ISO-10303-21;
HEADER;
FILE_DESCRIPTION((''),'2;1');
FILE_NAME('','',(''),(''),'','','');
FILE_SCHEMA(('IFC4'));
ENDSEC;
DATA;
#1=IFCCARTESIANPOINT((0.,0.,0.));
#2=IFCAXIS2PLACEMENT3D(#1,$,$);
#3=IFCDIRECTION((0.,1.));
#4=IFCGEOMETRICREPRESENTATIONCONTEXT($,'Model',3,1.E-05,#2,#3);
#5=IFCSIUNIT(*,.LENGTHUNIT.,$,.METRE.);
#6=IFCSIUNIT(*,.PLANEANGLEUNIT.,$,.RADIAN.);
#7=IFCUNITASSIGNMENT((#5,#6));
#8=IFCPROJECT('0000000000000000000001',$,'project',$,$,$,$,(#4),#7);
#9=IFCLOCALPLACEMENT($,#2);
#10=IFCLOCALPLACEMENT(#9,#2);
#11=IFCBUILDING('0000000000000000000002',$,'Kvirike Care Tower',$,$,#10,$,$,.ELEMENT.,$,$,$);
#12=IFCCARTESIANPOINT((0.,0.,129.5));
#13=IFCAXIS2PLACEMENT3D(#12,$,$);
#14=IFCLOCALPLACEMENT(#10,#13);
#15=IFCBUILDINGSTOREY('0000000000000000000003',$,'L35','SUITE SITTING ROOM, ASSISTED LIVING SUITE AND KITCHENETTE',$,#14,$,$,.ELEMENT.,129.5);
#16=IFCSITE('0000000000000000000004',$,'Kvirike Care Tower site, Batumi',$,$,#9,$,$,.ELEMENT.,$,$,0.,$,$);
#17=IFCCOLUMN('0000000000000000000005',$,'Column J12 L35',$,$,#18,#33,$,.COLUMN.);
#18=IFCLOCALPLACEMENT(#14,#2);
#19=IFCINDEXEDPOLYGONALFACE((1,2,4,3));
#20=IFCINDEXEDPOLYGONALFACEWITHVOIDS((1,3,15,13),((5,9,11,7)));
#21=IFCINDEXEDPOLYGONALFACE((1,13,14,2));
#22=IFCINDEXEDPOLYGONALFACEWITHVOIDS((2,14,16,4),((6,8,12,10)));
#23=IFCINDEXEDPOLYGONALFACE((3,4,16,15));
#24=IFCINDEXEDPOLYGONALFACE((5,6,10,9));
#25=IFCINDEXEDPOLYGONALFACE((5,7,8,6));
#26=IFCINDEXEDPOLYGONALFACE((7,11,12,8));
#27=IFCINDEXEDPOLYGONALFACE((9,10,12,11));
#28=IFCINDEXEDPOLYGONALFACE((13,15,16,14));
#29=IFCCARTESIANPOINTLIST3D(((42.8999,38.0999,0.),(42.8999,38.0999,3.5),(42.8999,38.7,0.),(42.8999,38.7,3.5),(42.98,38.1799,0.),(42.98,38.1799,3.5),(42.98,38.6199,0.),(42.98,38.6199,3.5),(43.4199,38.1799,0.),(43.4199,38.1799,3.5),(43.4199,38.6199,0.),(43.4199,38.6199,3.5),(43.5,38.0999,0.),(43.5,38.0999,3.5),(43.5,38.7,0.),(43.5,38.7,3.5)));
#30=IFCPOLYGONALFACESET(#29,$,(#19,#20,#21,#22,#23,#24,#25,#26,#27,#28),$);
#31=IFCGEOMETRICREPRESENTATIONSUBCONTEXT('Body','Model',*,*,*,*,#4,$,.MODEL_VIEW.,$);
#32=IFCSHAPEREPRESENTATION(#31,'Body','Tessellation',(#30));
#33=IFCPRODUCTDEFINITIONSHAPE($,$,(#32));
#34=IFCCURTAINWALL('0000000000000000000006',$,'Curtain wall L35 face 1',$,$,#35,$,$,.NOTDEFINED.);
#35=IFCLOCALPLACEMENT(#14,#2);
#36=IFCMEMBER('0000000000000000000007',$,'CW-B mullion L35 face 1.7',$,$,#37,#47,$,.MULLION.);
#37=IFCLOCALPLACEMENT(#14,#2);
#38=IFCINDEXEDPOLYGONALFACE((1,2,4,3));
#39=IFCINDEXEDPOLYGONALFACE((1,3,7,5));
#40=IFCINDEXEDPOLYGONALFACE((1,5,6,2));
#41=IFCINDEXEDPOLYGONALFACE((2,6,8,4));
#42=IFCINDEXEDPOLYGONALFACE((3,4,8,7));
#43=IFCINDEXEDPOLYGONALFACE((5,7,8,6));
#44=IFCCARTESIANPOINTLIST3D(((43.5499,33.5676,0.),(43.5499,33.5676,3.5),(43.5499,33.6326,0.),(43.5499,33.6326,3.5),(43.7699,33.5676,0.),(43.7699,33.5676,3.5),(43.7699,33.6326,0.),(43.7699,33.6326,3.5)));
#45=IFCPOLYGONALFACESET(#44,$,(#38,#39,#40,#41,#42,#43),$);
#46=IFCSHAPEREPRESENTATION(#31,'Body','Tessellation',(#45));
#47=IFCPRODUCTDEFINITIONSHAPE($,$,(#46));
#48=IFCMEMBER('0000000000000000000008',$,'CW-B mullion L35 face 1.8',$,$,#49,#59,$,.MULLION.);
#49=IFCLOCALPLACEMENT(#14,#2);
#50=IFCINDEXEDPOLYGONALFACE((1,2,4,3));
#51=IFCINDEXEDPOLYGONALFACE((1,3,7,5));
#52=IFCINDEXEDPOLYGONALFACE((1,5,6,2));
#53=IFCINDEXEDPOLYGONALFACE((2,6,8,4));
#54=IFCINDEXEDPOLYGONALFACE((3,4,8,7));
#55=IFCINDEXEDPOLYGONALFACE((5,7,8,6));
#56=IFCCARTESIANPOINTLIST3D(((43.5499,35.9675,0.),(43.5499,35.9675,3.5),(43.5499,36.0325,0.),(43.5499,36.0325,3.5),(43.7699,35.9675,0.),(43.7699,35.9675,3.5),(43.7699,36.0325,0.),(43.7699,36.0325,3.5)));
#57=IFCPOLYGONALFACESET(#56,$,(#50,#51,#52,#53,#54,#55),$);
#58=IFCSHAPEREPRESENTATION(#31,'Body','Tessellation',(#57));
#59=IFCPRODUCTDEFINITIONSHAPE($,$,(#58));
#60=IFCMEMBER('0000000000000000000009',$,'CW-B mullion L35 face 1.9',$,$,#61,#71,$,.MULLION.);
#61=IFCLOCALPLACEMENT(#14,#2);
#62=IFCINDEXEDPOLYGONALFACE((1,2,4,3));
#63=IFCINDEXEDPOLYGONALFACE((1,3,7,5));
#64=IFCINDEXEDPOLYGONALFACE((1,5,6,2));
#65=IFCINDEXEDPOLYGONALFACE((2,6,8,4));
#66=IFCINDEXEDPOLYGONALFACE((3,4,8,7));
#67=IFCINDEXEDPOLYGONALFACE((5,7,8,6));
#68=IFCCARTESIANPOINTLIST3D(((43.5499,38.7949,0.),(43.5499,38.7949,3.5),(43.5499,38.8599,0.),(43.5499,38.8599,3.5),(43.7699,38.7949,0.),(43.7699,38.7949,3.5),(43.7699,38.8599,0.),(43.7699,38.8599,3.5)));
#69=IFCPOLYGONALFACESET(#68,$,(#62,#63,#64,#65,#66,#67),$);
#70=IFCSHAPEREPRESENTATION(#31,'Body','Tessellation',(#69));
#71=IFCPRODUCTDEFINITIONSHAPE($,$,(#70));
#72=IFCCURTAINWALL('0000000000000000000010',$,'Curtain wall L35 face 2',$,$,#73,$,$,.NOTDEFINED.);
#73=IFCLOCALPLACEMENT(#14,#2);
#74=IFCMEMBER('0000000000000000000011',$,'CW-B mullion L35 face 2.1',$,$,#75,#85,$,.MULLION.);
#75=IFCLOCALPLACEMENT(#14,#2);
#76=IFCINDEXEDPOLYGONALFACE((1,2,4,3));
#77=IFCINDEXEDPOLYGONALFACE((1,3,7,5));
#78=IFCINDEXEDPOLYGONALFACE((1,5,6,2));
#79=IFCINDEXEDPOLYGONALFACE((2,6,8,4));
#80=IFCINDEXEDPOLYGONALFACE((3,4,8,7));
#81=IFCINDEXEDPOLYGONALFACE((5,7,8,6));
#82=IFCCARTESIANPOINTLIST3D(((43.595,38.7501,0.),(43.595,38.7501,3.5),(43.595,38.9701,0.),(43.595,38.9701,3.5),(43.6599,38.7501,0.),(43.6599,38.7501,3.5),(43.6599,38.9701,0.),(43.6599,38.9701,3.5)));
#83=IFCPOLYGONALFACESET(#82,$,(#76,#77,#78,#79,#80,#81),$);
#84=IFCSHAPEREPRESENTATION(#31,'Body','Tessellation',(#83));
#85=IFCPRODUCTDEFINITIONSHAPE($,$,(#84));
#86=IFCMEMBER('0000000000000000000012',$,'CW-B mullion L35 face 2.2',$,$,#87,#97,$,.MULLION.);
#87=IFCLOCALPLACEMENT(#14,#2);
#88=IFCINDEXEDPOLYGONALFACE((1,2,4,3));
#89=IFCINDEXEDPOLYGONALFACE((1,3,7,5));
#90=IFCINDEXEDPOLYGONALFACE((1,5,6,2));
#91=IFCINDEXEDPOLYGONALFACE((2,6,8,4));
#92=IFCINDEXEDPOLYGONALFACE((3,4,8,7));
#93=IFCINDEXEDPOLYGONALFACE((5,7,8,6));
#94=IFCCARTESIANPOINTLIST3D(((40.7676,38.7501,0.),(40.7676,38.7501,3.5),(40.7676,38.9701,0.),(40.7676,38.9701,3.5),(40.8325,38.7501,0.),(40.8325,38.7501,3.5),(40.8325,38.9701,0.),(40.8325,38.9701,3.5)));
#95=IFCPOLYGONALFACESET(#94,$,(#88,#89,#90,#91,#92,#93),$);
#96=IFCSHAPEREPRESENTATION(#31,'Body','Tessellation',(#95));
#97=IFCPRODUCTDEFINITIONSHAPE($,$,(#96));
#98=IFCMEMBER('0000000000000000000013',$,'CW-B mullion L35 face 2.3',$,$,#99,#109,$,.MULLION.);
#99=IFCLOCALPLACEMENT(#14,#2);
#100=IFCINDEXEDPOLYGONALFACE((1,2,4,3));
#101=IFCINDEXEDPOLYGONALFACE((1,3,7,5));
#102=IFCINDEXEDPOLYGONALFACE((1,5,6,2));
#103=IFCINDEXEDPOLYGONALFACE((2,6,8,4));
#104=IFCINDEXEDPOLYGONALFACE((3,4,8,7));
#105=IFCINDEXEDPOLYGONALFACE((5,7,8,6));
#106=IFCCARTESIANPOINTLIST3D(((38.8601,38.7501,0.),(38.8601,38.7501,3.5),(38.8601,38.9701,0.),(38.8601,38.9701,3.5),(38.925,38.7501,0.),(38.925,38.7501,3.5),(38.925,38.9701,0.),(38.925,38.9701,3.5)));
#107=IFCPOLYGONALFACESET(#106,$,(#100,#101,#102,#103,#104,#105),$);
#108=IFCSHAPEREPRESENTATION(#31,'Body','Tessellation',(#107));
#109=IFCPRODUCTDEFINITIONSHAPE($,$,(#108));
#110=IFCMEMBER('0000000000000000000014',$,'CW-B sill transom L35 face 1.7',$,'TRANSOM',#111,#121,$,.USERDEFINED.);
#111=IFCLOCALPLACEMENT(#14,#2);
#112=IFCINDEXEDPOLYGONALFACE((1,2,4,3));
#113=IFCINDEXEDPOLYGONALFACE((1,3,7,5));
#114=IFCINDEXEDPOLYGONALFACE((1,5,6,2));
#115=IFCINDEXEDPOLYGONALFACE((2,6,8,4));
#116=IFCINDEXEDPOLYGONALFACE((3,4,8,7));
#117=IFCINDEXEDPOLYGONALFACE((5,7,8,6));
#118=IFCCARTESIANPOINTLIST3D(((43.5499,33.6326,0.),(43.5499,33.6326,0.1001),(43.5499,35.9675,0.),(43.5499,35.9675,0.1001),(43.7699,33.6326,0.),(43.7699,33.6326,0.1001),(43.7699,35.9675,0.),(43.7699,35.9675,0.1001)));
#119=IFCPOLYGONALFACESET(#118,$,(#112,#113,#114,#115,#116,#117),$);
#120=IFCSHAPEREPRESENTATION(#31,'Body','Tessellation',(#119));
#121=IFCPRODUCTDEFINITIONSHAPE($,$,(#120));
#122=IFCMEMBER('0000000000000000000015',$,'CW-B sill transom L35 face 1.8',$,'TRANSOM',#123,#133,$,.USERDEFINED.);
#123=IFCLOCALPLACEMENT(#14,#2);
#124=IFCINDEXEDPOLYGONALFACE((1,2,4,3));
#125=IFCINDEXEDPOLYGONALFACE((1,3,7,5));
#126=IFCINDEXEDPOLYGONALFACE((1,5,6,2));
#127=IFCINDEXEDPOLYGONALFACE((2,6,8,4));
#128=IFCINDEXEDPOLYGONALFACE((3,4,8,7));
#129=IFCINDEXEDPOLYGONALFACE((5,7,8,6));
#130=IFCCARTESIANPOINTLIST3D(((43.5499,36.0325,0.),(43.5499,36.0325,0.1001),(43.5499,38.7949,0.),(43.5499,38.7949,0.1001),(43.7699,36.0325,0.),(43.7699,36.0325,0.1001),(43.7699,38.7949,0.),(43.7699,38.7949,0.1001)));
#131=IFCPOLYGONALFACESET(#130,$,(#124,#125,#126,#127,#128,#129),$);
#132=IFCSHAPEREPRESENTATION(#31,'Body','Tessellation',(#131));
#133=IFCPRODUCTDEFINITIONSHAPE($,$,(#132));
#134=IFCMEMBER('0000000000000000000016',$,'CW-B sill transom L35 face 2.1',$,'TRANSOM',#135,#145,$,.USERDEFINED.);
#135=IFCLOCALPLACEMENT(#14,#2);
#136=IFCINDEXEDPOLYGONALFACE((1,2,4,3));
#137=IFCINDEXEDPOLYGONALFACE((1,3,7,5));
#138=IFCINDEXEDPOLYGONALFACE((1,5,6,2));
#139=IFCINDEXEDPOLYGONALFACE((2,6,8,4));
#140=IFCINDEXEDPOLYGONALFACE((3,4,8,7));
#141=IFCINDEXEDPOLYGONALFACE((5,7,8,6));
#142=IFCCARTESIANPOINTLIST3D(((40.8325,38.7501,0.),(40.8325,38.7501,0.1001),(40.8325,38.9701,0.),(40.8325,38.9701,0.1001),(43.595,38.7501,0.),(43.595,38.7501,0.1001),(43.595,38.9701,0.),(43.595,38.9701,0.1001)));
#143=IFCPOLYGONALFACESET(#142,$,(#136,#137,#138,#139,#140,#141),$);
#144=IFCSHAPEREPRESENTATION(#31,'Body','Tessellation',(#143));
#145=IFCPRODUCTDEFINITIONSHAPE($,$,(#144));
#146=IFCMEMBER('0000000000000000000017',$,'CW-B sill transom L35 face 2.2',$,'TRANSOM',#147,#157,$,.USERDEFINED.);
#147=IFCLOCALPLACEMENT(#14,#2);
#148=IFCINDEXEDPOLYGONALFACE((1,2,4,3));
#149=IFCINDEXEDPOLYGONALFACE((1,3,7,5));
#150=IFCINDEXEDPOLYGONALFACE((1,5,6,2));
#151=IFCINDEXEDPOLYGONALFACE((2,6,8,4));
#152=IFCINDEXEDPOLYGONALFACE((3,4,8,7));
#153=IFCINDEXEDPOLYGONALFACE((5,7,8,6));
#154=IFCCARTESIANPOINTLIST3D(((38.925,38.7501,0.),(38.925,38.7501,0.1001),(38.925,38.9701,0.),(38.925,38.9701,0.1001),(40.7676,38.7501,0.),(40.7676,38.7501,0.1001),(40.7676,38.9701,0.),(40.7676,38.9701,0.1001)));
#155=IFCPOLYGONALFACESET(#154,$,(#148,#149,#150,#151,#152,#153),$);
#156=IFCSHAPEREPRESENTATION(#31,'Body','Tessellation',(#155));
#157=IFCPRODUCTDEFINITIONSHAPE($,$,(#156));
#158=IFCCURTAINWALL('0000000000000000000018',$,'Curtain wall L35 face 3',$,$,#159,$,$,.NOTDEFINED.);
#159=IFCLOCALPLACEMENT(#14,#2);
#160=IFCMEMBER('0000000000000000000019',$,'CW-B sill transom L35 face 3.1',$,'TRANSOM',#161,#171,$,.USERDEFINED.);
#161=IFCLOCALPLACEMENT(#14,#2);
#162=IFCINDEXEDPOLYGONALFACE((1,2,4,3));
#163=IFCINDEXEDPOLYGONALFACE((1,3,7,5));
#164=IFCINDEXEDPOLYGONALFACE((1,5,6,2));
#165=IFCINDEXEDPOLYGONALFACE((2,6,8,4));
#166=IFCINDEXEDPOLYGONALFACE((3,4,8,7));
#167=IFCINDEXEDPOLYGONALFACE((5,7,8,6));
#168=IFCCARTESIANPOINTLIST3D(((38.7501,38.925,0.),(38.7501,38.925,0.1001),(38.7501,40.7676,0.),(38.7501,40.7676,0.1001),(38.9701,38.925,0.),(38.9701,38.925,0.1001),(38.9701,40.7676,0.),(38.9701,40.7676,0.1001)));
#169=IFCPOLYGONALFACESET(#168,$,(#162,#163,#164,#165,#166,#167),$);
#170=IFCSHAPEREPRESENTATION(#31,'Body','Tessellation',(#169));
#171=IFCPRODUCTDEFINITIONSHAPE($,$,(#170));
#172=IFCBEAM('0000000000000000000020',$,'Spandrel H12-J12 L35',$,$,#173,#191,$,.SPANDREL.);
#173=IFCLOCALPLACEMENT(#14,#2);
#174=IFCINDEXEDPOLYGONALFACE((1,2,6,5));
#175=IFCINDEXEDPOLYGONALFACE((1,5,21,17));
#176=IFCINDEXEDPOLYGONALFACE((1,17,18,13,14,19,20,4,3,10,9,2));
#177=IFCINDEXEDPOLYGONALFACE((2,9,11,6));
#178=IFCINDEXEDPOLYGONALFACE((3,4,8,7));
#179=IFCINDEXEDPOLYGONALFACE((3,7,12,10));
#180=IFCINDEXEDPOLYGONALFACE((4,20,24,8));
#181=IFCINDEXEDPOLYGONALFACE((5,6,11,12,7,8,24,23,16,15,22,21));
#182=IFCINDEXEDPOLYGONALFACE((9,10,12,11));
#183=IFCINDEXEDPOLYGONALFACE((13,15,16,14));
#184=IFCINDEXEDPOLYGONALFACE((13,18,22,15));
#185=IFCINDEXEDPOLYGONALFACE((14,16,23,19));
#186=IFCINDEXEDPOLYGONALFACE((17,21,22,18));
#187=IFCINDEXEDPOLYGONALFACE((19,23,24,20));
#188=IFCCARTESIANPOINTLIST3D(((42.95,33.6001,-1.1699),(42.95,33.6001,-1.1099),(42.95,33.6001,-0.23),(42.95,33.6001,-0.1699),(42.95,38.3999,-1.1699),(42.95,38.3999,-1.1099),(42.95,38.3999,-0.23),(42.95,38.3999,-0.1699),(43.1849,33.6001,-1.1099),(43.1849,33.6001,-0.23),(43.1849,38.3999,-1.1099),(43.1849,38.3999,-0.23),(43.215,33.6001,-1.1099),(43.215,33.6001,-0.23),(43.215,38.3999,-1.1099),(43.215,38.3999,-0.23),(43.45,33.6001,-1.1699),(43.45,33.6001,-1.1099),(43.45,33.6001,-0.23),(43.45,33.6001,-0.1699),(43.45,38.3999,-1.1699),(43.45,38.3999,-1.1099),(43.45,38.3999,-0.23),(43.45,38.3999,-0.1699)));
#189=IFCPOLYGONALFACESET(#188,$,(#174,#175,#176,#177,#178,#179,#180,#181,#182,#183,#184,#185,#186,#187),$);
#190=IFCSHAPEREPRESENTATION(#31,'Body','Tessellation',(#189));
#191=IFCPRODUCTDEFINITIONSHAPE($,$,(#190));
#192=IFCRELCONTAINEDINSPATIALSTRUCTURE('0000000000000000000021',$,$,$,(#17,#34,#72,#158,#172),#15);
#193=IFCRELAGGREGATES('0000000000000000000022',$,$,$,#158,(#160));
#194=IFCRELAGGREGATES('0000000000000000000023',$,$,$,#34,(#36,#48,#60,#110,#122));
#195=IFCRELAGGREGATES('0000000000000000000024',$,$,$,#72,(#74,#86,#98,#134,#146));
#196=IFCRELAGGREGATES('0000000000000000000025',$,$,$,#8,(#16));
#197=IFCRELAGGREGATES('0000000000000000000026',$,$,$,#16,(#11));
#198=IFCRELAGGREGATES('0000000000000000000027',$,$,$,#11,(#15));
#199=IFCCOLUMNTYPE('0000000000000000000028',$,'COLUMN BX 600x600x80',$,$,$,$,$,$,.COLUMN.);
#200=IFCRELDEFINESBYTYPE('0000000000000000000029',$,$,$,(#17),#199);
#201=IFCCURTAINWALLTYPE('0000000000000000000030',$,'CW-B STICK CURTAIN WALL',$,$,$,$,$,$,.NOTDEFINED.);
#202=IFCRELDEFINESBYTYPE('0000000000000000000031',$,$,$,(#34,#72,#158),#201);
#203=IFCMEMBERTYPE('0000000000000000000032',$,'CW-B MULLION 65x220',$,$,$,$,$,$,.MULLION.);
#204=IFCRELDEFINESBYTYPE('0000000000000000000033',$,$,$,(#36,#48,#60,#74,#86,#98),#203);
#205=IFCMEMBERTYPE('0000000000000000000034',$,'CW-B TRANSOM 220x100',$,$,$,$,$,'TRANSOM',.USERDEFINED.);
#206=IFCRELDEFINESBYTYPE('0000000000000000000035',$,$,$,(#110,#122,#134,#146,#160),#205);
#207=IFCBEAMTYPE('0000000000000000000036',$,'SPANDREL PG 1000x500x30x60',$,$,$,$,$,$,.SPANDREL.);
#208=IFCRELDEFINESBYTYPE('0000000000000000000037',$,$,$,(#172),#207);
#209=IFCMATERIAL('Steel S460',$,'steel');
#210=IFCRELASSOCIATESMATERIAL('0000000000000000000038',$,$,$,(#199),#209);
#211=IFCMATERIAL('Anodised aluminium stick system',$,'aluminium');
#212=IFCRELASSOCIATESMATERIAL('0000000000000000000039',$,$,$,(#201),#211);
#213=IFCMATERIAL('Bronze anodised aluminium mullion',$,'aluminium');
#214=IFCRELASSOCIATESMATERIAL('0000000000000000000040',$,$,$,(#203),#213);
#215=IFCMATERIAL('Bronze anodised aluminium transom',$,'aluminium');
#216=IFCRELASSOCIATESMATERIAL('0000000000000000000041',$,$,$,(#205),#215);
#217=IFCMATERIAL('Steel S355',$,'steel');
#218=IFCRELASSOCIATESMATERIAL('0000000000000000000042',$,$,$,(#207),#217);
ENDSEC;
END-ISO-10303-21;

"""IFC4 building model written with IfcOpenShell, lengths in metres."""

from ifc_helpers import new_model, si_unit, direction, frame, origin, origin_2d, place, context, subcontext, project, spatial, rectangle, hollow_rectangle, i_section, extrude, material, material_profile, profile_set, type_object, element, aggregate, save


model = new_model("IFC4")

# Units and contexts
model_context = context("Model", 3, precision=1e-05, world=origin(), true_north=direction((0.0, 1.0)))
body_context = subcontext(model_context, "Body", "Model", "MODEL_VIEW")
ifc_project = project(units=[si_unit("LENGTHUNIT", "METRE"), si_unit("PLANEANGLEUNIT", "RADIAN")], contexts=[model_context])

# Site, building, storey
site_placement = place(None, origin())
site = spatial("IfcSite", under=ifc_project, at=site_placement, Name="Kvirike Care Tower site, Batumi", CompositionType="ELEMENT", RefElevation=0.0)
building_placement = place(site_placement, origin())
building = spatial("IfcBuilding", under=site, at=building_placement, Name="Kvirike Care Tower", CompositionType="ELEMENT")
storey_placement = place(building_placement, frame((0.0, 0.0, 129.5)))
storey = spatial("IfcBuildingStorey", under=building, at=storey_placement, Name="L35", Description="SUITE SITTING ROOM, ASSISTED LIVING SUITE AND KITCHENETTE", CompositionType="ELEMENT", Elevation=129.5)

# Column
ifc_material_1 = material(Name="Steel S460", Category="steel")
ifc_material_profile_1 = material_profile(ifc_material_1, hollow_rectangle(XDim=0.6001, YDim=0.6001, WallThickness=0.0801, at=origin_2d()), Name="BX 600x600x80")
ifc_profile_set_1 = profile_set([ifc_material_profile_1], Name="Steel S460")
column_type = type_object("IfcColumnType", Name="COLUMN BX 600x600x80", PredefinedType="COLUMN", material=ifc_profile_set_1)
column_placement = place(storey_placement, frame((43.2, 38.3999, 0.0), z_axis=(0.0, 0.0, 1.0), x_axis=(0.0, 1.0, 0.0)))
element("IfcColumn", 1, at=column_placement, inside=storey, type_object=column_type, Name="Column J12 L35", PredefinedType="COLUMN", context=body_context, shape_type="SweptSolid", body=[
    extrude(hollow_rectangle(XDim=0.6001, YDim=0.6001, WallThickness=0.0801, at=origin_2d()), origin(), (0.0, 0.0, 1.0), 3.5),
])

# Curtain walls, members
ifc_material_2 = material(Name="Anodised aluminium stick system", Category="aluminium")
curtain_wall_type = type_object("IfcCurtainWallType", Name="CW-B STICK CURTAIN WALL", PredefinedType="NOTDEFINED", material=ifc_material_2)
curtain_wall_1_placement = place(storey_placement, origin())
curtain_wall_1 = element("IfcCurtainWall", 2, at=curtain_wall_1_placement, inside=storey, type_object=curtain_wall_type, Name="Curtain wall L35 face 1", PredefinedType="NOTDEFINED")
ifc_material_3 = material(Name="Bronze anodised aluminium mullion", Category="aluminium")
ifc_material_profile_2 = material_profile(ifc_material_3, rectangle(XDim=0.0649, YDim=0.22, at=origin_2d()), Name="CW-B MULLION 65x220")
ifc_profile_set_2 = profile_set([ifc_material_profile_2], Name="Bronze anodised aluminium mullion")
member_type_1 = type_object("IfcMemberType", Name="CW-B MULLION 65x220", PredefinedType="MULLION", material=ifc_profile_set_2)
member_1_placement = place(storey_placement, frame((43.6599, 33.6001, 0.0), z_axis=(0.0, 0.0, 1.0), x_axis=(0.0, 1.0, 0.0)))
member_1 = element("IfcMember", 3, at=member_1_placement, type_object=member_type_1, Name="CW-B mullion L35 face 1.7", PredefinedType="MULLION", context=body_context, shape_type="SweptSolid", body=[
    extrude(rectangle(XDim=0.0649, YDim=0.22, at=origin_2d()), origin(), (0.0, 0.0, 1.0), 3.5),
])
member_2_placement = place(storey_placement, frame((43.6599, 36.0, 0.0), z_axis=(0.0, 0.0, 1.0), x_axis=(0.0, 1.0, 0.0)))
member_2 = element("IfcMember", 4, at=member_2_placement, type_object=member_type_1, Name="CW-B mullion L35 face 1.8", PredefinedType="MULLION", context=body_context, shape_type="SweptSolid", body=[
    extrude(rectangle(XDim=0.0649, YDim=0.22, at=origin_2d()), origin(), (0.0, 0.0, 1.0), 3.5),
])
member_3_placement = place(storey_placement, frame((43.6599, 38.8274, 0.0), z_axis=(0.0, 0.0, 1.0), x_axis=(0.0, 1.0, 0.0)))
member_3 = element("IfcMember", 5, at=member_3_placement, type_object=member_type_1, Name="CW-B mullion L35 face 1.9", PredefinedType="MULLION", context=body_context, shape_type="SweptSolid", body=[
    extrude(rectangle(XDim=0.0649, YDim=0.22, at=origin_2d()), origin(), (0.0, 0.0, 1.0), 3.5),
])
curtain_wall_2_placement = place(storey_placement, origin())
curtain_wall_2 = element("IfcCurtainWall", 6, at=curtain_wall_2_placement, inside=storey, type_object=curtain_wall_type, Name="Curtain wall L35 face 2", PredefinedType="NOTDEFINED")
member_4_placement = place(storey_placement, frame((43.6274, 38.8601, 0.0), z_axis=(0.0, 0.0, 1.0), x_axis=(-1.0, 0.0, 0.0)))
member_4 = element("IfcMember", 7, at=member_4_placement, type_object=member_type_1, Name="CW-B mullion L35 face 2.1", PredefinedType="MULLION", context=body_context, shape_type="SweptSolid", body=[
    extrude(rectangle(XDim=0.0649, YDim=0.22, at=origin_2d()), origin(), (0.0, 0.0, 1.0), 3.5),
])
member_5_placement = place(storey_placement, frame((40.8, 38.8601, 0.0), z_axis=(0.0, 0.0, 1.0), x_axis=(-1.0, 0.0, 0.0)))
member_5 = element("IfcMember", 8, at=member_5_placement, type_object=member_type_1, Name="CW-B mullion L35 face 2.2", PredefinedType="MULLION", context=body_context, shape_type="SweptSolid", body=[
    extrude(rectangle(XDim=0.0649, YDim=0.22, at=origin_2d()), origin(), (0.0, 0.0, 1.0), 3.5),
])
member_6_placement = place(storey_placement, frame((38.8926, 38.8601, 0.0), z_axis=(0.0, 0.0, 1.0), x_axis=(-1.0, 0.0, 0.0)))
member_6 = element("IfcMember", 9, at=member_6_placement, type_object=member_type_1, Name="CW-B mullion L35 face 2.3", PredefinedType="MULLION", context=body_context, shape_type="SweptSolid", body=[
    extrude(rectangle(XDim=0.0649, YDim=0.22, at=origin_2d()), origin(), (0.0, 0.0, 1.0), 3.5),
])

# Members
ifc_material_4 = material(Name="Bronze anodised aluminium transom", Category="aluminium")
ifc_material_profile_3 = material_profile(ifc_material_4, rectangle(XDim=0.22, YDim=0.1001, at=origin_2d()), Name="CW-B TRANSOM 220x100")
ifc_profile_set_3 = profile_set([ifc_material_profile_3], Name="Bronze anodised aluminium transom")
member_type_2 = type_object("IfcMemberType", Name="CW-B TRANSOM 220x100", ElementType="TRANSOM", PredefinedType="USERDEFINED", material=ifc_profile_set_3)
member_7_placement = place(storey_placement, frame((43.6599, 33.6326, 0.05), z_axis=(0.0, 1.0, 0.0), x_axis=(-1.0, 0.0, 0.0)))
member_7 = element("IfcMember", 10, at=member_7_placement, type_object=member_type_2, Name="CW-B sill transom L35 face 1.7", ObjectType="TRANSOM", PredefinedType="USERDEFINED", context=body_context, shape_type="SweptSolid", body=[
    extrude(rectangle(XDim=0.22, YDim=0.1001, at=origin_2d()), origin(), (0.0, 0.0, 1.0), 2.335),
])
member_8_placement = place(storey_placement, frame((43.6599, 36.0325, 0.05), z_axis=(0.0, 1.0, 0.0), x_axis=(-1.0, 0.0, 0.0)))
member_8 = element("IfcMember", 11, at=member_8_placement, type_object=member_type_2, Name="CW-B sill transom L35 face 1.8", ObjectType="TRANSOM", PredefinedType="USERDEFINED", context=body_context, shape_type="SweptSolid", body=[
    extrude(rectangle(XDim=0.22, YDim=0.1001, at=origin_2d()), origin(), (0.0, 0.0, 1.0), 2.7625),
])
member_9_placement = place(storey_placement, frame((43.595, 38.8601, 0.05), z_axis=(-1.0, 0.0, 0.0), x_axis=(0.0, -1.0, 0.0)))
member_9 = element("IfcMember", 12, at=member_9_placement, type_object=member_type_2, Name="CW-B sill transom L35 face 2.1", ObjectType="TRANSOM", PredefinedType="USERDEFINED", context=body_context, shape_type="SweptSolid", body=[
    extrude(rectangle(XDim=0.22, YDim=0.1001, at=origin_2d()), origin(), (0.0, 0.0, 1.0), 2.7625),
])
member_10_placement = place(storey_placement, frame((40.7676, 38.8601, 0.05), z_axis=(-1.0, 0.0, 0.0), x_axis=(0.0, -1.0, 0.0)))
member_10 = element("IfcMember", 13, at=member_10_placement, type_object=member_type_2, Name="CW-B sill transom L35 face 2.2", ObjectType="TRANSOM", PredefinedType="USERDEFINED", context=body_context, shape_type="SweptSolid", body=[
    extrude(rectangle(XDim=0.22, YDim=0.1001, at=origin_2d()), origin(), (0.0, 0.0, 1.0), 1.8425),
])

# Curtain wall, member
curtain_wall_3_placement = place(storey_placement, origin())
curtain_wall_3 = element("IfcCurtainWall", 14, at=curtain_wall_3_placement, inside=storey, type_object=curtain_wall_type, Name="Curtain wall L35 face 3", PredefinedType="NOTDEFINED")
member_11_placement = place(storey_placement, frame((38.8601, 38.925, 0.05), z_axis=(0.0, 1.0, 0.0), x_axis=(-1.0, 0.0, 0.0)))
member_11 = element("IfcMember", 15, at=member_11_placement, type_object=member_type_2, Name="CW-B sill transom L35 face 3.1", ObjectType="TRANSOM", PredefinedType="USERDEFINED", context=body_context, shape_type="SweptSolid", body=[
    extrude(rectangle(XDim=0.22, YDim=0.1001, at=origin_2d()), origin(), (0.0, 0.0, 1.0), 1.8425),
])
aggregate(curtain_wall_3, [member_11])

# Beam
ifc_material_5 = material(Name="Steel S355", Category="steel")
ifc_material_profile_4 = material_profile(ifc_material_5, i_section(OverallWidth=0.5, OverallDepth=1.0, WebThickness=0.03, FlangeThickness=0.0601, at=origin_2d()), Name="PG 1000x500x30x60")
ifc_profile_set_4 = profile_set([ifc_material_profile_4], Name="Steel S355")
beam_type = type_object("IfcBeamType", Name="SPANDREL PG 1000x500x30x60", PredefinedType="SPANDREL", material=ifc_profile_set_4)
beam_placement = place(storey_placement, frame((43.2, 33.6001, -0.6699), z_axis=(0.0, 1.0, 0.0), x_axis=(-1.0, 0.0, 0.0)))
element("IfcBeam", 16, at=beam_placement, inside=storey, type_object=beam_type, Name="Spandrel H12-J12 L35", PredefinedType="SPANDREL", context=body_context, shape_type="SweptSolid", body=[
    extrude(i_section(OverallWidth=0.5, OverallDepth=1.0, WebThickness=0.03, FlangeThickness=0.0601, at=origin_2d()), origin(), (0.0, 0.0, 1.0), 4.7998),
])

aggregate(curtain_wall_1, [member_1, member_2, member_3, member_7, member_8])
aggregate(curtain_wall_2, [member_4, member_5, member_6, member_9, member_10])

save(model, "model.ifc")
